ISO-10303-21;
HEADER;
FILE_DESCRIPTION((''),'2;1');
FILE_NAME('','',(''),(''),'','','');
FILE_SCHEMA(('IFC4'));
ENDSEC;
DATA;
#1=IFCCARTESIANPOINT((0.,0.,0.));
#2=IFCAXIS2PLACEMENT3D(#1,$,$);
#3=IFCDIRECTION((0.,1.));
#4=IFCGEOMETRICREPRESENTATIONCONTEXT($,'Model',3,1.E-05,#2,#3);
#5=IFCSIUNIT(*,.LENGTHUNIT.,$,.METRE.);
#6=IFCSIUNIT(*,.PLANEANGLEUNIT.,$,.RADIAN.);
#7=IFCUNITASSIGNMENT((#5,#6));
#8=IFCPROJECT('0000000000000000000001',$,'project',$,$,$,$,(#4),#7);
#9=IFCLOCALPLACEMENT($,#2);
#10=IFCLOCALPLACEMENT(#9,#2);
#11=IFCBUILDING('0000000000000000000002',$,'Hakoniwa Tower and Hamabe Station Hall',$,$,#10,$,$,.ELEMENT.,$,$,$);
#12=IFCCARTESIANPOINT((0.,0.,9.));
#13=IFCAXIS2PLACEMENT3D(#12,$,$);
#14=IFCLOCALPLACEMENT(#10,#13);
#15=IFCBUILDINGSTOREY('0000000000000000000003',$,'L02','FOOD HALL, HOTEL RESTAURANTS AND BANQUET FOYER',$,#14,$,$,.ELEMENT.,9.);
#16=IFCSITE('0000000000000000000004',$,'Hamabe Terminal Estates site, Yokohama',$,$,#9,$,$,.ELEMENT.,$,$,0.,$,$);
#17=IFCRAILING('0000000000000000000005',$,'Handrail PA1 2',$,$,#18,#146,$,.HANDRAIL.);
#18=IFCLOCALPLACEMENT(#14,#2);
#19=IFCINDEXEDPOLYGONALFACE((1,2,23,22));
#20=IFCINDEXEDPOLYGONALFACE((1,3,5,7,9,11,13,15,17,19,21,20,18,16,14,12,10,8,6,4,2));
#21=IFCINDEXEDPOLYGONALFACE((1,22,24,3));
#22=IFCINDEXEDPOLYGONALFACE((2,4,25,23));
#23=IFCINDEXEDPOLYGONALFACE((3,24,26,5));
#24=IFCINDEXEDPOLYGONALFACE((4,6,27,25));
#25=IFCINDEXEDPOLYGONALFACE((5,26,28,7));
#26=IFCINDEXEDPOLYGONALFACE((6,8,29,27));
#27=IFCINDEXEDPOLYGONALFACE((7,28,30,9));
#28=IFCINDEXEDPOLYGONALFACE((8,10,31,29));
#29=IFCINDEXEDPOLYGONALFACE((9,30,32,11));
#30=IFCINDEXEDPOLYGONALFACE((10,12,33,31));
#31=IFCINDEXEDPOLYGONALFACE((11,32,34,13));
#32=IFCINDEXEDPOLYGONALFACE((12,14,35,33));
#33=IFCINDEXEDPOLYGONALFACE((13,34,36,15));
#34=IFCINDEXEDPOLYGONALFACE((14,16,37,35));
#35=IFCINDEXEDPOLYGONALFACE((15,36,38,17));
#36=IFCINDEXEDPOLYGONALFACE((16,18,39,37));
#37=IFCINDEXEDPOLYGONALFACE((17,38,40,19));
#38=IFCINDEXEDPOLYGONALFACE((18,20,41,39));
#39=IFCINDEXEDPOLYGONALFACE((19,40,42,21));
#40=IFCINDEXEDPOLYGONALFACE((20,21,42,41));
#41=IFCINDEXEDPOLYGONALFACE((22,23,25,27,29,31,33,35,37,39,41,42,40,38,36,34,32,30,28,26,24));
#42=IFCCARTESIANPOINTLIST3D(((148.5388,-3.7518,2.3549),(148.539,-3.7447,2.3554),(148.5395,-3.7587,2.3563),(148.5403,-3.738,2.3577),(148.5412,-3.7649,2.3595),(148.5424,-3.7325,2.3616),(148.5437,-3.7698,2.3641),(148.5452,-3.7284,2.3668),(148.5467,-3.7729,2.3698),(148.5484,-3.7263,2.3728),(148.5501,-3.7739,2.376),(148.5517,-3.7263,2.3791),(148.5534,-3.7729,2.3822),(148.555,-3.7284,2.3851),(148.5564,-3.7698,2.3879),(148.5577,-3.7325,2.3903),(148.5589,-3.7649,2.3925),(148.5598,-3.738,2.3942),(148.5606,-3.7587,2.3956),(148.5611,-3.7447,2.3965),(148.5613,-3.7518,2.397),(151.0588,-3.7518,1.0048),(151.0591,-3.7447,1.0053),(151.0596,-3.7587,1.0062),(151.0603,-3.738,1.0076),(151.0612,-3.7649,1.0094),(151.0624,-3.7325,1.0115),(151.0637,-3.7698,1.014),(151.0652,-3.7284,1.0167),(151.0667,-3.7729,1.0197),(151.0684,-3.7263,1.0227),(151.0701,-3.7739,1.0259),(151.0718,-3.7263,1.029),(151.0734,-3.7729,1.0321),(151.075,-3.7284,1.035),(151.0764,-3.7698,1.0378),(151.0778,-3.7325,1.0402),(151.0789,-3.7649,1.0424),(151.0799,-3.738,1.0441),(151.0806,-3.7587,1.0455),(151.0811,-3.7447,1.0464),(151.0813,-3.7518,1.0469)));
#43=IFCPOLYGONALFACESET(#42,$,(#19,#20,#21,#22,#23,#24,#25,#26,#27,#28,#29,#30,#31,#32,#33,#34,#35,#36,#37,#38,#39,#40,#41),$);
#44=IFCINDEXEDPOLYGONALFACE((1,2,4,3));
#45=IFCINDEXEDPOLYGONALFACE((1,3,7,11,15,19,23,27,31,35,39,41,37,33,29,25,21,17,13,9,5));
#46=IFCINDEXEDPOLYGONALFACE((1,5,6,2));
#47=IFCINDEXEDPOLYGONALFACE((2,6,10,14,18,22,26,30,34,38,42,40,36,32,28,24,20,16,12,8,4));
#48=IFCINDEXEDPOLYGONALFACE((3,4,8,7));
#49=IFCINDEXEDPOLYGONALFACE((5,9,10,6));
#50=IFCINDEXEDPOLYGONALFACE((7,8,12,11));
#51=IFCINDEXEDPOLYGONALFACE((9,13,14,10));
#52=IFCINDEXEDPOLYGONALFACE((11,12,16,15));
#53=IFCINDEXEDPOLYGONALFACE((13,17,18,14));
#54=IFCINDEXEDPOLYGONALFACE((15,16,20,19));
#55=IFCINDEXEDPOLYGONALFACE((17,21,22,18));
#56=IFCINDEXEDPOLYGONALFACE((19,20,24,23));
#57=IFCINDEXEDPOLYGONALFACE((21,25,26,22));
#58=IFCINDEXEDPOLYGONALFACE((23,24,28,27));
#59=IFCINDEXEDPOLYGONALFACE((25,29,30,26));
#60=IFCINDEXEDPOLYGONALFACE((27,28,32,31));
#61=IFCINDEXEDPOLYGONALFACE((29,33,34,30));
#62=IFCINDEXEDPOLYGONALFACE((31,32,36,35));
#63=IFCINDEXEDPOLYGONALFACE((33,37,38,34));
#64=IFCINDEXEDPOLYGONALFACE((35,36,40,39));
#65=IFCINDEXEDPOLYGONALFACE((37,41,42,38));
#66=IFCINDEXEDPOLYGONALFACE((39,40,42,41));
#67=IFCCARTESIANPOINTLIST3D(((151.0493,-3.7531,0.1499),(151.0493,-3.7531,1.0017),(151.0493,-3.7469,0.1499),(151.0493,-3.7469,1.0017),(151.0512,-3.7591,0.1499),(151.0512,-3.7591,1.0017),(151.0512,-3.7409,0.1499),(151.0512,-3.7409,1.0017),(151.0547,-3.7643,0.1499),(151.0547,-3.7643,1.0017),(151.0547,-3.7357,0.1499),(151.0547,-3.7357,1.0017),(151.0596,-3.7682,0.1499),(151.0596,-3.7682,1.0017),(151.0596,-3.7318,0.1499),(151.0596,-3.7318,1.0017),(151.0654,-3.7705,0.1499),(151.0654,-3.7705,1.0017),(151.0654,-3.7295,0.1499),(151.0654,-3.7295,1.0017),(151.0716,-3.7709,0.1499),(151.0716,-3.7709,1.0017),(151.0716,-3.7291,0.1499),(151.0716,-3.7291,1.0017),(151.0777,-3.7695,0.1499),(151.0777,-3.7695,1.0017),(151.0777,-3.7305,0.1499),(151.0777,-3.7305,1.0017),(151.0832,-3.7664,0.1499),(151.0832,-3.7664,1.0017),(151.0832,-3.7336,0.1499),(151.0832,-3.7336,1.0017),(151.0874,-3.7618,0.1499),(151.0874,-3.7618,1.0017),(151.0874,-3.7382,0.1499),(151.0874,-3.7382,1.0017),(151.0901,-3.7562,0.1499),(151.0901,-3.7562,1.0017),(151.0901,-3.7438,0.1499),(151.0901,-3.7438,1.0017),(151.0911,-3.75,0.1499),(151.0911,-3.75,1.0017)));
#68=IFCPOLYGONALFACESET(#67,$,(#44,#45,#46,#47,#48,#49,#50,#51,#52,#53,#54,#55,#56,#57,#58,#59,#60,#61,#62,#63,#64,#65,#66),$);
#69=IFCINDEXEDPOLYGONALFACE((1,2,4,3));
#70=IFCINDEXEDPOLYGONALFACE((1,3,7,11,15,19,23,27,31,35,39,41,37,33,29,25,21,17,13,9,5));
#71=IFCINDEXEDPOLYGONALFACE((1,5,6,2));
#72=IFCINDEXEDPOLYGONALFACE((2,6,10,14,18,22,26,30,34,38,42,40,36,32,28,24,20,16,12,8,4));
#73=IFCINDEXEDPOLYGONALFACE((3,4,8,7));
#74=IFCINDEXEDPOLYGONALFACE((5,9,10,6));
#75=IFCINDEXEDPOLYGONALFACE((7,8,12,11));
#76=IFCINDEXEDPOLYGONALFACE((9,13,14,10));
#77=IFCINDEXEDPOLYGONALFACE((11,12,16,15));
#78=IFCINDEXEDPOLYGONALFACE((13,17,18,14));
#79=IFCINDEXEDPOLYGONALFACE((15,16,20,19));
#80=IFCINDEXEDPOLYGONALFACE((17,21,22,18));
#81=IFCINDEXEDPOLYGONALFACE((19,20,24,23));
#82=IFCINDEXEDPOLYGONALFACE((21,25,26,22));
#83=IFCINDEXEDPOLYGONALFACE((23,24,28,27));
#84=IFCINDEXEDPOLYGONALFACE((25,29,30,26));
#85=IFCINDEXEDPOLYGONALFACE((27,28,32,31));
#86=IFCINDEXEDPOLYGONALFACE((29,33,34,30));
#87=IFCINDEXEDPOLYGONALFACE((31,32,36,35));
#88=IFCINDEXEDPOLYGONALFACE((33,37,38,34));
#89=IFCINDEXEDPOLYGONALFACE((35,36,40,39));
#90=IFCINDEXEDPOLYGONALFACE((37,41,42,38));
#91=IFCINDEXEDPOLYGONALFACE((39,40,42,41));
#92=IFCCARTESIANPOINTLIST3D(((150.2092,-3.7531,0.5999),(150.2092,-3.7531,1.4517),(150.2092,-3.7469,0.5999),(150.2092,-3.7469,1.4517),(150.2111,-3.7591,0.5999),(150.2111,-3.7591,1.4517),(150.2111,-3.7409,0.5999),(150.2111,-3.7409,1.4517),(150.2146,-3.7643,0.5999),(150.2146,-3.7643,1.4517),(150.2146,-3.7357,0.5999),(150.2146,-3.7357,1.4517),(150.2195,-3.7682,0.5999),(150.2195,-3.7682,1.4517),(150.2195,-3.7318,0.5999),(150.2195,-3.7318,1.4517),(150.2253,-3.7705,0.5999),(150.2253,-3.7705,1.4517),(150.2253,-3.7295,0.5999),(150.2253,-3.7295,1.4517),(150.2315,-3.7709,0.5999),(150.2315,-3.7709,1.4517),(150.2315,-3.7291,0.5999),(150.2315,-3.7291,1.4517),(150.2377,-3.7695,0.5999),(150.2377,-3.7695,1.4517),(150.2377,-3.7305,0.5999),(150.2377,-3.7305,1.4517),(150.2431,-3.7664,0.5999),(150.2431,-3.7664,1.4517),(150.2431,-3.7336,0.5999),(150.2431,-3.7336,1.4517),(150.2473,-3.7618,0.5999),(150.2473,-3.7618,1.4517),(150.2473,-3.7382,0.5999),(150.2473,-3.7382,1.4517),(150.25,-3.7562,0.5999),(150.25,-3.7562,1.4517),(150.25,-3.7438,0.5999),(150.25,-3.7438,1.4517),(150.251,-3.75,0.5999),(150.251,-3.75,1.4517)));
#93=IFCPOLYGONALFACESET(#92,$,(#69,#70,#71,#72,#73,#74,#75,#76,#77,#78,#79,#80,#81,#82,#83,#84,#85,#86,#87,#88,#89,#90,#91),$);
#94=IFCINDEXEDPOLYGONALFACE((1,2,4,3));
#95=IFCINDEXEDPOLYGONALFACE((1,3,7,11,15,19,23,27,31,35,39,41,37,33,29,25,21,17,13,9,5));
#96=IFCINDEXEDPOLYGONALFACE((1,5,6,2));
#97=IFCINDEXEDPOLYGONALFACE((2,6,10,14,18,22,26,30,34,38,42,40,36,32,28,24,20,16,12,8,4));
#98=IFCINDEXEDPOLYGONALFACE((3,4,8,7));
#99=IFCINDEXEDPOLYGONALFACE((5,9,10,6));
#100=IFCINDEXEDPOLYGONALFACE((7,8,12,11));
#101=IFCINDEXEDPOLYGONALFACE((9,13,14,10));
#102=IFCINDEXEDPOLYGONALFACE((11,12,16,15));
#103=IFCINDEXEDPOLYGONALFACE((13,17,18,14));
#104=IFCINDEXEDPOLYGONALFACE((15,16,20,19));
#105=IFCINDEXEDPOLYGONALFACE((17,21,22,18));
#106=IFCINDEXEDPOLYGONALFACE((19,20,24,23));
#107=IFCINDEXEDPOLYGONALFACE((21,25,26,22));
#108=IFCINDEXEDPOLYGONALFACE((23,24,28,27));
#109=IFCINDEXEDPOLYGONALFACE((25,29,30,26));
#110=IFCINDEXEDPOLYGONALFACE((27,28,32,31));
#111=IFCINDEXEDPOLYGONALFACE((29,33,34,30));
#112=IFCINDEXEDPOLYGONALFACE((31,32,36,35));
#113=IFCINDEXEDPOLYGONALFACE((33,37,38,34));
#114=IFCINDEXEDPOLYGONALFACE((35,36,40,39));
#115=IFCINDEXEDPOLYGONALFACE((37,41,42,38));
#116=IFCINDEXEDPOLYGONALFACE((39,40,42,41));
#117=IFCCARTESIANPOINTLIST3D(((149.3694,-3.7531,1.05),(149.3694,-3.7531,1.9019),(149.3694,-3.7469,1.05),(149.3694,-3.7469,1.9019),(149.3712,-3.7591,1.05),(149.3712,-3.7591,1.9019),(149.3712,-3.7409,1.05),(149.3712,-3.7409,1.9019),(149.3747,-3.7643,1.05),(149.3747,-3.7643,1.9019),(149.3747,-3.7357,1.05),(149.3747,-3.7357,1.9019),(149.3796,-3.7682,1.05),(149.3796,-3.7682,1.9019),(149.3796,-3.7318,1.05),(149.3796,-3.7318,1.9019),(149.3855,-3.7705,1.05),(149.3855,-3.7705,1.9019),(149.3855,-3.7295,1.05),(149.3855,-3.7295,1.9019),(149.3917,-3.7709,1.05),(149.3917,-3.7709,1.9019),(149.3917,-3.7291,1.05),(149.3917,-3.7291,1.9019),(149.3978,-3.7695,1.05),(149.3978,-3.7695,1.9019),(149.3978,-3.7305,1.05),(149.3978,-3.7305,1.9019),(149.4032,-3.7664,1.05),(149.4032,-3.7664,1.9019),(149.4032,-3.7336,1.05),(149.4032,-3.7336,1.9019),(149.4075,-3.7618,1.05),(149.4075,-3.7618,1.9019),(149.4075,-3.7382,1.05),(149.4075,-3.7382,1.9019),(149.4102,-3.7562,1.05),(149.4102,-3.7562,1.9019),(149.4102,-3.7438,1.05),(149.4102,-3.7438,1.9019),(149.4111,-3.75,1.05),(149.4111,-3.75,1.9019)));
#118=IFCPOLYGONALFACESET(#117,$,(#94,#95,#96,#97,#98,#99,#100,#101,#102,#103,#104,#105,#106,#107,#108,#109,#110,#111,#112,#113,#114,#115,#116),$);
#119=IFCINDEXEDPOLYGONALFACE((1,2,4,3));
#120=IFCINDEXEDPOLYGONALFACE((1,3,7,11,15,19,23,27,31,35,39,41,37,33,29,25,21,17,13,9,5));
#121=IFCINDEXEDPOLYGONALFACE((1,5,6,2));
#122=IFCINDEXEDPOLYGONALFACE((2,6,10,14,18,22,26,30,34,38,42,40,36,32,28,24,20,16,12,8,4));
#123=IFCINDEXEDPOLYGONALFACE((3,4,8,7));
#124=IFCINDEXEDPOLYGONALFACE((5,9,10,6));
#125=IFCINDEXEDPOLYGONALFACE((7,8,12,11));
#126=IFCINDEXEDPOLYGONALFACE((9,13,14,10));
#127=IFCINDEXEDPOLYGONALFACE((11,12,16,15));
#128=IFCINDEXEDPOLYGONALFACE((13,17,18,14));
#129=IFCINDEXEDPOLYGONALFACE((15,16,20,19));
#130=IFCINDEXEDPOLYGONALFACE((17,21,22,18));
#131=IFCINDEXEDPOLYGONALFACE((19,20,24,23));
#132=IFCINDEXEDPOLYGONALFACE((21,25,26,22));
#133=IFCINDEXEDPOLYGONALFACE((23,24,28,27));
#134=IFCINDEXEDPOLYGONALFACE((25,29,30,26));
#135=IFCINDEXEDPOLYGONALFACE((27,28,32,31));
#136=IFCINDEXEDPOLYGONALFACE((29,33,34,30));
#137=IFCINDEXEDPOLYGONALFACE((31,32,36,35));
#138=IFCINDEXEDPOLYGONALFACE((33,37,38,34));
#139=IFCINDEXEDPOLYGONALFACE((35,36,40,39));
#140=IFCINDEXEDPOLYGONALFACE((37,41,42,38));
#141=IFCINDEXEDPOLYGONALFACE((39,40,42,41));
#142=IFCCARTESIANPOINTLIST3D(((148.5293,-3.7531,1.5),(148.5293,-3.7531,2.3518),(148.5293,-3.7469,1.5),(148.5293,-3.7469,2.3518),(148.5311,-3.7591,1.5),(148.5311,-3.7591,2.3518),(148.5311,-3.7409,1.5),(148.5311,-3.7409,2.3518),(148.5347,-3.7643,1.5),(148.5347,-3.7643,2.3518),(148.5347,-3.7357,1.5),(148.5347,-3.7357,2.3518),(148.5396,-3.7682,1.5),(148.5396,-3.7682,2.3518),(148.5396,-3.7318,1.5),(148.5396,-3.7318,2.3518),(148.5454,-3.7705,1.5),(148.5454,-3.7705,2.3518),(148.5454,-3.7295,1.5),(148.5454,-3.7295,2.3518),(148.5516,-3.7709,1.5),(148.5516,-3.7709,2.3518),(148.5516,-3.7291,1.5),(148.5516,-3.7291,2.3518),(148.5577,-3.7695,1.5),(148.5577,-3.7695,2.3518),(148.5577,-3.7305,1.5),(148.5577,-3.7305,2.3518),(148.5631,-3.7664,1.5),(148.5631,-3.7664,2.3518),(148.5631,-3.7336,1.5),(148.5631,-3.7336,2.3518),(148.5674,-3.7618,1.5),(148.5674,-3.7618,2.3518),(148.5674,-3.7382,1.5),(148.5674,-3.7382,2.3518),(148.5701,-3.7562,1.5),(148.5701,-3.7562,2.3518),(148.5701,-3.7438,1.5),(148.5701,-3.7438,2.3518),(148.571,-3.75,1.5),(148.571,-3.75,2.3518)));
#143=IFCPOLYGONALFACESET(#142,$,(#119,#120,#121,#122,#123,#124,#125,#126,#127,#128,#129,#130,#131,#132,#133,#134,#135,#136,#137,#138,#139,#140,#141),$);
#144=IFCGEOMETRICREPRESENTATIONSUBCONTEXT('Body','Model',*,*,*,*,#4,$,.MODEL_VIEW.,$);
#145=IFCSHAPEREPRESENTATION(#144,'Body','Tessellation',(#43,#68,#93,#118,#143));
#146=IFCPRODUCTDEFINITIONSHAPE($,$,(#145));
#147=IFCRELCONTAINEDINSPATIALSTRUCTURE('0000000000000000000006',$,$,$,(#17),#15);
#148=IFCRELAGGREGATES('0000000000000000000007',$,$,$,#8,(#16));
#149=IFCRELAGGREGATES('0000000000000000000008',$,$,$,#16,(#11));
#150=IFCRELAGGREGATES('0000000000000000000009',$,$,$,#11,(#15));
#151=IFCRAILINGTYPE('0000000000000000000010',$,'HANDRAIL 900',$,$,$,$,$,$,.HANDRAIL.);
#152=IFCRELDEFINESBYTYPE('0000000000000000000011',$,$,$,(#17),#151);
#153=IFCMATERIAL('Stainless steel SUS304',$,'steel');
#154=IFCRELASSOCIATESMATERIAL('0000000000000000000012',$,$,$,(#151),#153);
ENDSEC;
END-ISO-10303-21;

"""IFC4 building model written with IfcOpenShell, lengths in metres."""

from ifc_helpers import new_model, si_unit, direction, frame, origin, origin_2d, place, context, subcontext, project, spatial, circle, extrude, material, type_object, element, save


model = new_model("IFC4")

# Units and contexts
model_context = context("Model", 3, precision=1e-05, world=origin(), true_north=direction((0.0, 1.0)))
body_context = subcontext(model_context, "Body", "Model", "MODEL_VIEW")
ifc_project = project(units=[si_unit("LENGTHUNIT", "METRE"), si_unit("PLANEANGLEUNIT", "RADIAN")], contexts=[model_context])

# Site, building, storey
site_placement = place(None, origin())
site = spatial("IfcSite", under=ifc_project, at=site_placement, Name="Hamabe Terminal Estates site, Yokohama", CompositionType="ELEMENT", RefElevation=0.0)
building_placement = place(site_placement, origin())
building = spatial("IfcBuilding", under=site, at=building_placement, Name="Hakoniwa Tower and Hamabe Station Hall", CompositionType="ELEMENT")
storey_placement = place(building_placement, frame((0.0, 0.0, 9.0)))
storey = spatial("IfcBuildingStorey", under=building, at=storey_placement, Name="L02", Description="FOOD HALL, HOTEL RESTAURANTS AND BANQUET FOYER", CompositionType="ELEMENT", Elevation=9.0)

# Railing
ifc_material_1 = material(Name="Stainless steel SUS304", Category="steel")
railing_type_1 = type_object("IfcRailingType", Name="HANDRAIL 900", PredefinedType="HANDRAIL", material=ifc_material_1)
railing_1_placement = place(storey_placement, frame((151.0701, -3.75, 0.1499)))
element("IfcRailing", 1, at=railing_1_placement, inside=storey, type_object=railing_type_1, Name="Handrail PA1 2", PredefinedType="HANDRAIL", context=body_context, shape_type="SweptSolid", body=[
    extrude(circle(Radius=0.0239, at=origin_2d()), frame((0.0, 0.0, 0.876), z_axis=(-0.881467, 0.0, 0.472245), x_axis=(0.0, -1.0, 0.0)), (0.0, 0.0, 1.0), 2.8589),
    extrude(circle(Radius=0.021, at=origin_2d()), origin(), (0.0, 0.0, 1.0), 0.8518),
    extrude(circle(Radius=0.021, at=origin_2d()), frame((-0.8401, 0.0, 0.45)), (0.0, 0.0, 1.0), 0.8518),
    extrude(circle(Radius=0.021, at=origin_2d()), frame((-1.6799, 0.0, 0.9001)), (0.0, 0.0, 1.0), 0.8518),
    extrude(circle(Radius=0.021, at=origin_2d()), frame((-2.52, 0.0, 1.3501)), (0.0, 0.0, 1.0), 0.8518),
])

save(model, "model.ifc")
